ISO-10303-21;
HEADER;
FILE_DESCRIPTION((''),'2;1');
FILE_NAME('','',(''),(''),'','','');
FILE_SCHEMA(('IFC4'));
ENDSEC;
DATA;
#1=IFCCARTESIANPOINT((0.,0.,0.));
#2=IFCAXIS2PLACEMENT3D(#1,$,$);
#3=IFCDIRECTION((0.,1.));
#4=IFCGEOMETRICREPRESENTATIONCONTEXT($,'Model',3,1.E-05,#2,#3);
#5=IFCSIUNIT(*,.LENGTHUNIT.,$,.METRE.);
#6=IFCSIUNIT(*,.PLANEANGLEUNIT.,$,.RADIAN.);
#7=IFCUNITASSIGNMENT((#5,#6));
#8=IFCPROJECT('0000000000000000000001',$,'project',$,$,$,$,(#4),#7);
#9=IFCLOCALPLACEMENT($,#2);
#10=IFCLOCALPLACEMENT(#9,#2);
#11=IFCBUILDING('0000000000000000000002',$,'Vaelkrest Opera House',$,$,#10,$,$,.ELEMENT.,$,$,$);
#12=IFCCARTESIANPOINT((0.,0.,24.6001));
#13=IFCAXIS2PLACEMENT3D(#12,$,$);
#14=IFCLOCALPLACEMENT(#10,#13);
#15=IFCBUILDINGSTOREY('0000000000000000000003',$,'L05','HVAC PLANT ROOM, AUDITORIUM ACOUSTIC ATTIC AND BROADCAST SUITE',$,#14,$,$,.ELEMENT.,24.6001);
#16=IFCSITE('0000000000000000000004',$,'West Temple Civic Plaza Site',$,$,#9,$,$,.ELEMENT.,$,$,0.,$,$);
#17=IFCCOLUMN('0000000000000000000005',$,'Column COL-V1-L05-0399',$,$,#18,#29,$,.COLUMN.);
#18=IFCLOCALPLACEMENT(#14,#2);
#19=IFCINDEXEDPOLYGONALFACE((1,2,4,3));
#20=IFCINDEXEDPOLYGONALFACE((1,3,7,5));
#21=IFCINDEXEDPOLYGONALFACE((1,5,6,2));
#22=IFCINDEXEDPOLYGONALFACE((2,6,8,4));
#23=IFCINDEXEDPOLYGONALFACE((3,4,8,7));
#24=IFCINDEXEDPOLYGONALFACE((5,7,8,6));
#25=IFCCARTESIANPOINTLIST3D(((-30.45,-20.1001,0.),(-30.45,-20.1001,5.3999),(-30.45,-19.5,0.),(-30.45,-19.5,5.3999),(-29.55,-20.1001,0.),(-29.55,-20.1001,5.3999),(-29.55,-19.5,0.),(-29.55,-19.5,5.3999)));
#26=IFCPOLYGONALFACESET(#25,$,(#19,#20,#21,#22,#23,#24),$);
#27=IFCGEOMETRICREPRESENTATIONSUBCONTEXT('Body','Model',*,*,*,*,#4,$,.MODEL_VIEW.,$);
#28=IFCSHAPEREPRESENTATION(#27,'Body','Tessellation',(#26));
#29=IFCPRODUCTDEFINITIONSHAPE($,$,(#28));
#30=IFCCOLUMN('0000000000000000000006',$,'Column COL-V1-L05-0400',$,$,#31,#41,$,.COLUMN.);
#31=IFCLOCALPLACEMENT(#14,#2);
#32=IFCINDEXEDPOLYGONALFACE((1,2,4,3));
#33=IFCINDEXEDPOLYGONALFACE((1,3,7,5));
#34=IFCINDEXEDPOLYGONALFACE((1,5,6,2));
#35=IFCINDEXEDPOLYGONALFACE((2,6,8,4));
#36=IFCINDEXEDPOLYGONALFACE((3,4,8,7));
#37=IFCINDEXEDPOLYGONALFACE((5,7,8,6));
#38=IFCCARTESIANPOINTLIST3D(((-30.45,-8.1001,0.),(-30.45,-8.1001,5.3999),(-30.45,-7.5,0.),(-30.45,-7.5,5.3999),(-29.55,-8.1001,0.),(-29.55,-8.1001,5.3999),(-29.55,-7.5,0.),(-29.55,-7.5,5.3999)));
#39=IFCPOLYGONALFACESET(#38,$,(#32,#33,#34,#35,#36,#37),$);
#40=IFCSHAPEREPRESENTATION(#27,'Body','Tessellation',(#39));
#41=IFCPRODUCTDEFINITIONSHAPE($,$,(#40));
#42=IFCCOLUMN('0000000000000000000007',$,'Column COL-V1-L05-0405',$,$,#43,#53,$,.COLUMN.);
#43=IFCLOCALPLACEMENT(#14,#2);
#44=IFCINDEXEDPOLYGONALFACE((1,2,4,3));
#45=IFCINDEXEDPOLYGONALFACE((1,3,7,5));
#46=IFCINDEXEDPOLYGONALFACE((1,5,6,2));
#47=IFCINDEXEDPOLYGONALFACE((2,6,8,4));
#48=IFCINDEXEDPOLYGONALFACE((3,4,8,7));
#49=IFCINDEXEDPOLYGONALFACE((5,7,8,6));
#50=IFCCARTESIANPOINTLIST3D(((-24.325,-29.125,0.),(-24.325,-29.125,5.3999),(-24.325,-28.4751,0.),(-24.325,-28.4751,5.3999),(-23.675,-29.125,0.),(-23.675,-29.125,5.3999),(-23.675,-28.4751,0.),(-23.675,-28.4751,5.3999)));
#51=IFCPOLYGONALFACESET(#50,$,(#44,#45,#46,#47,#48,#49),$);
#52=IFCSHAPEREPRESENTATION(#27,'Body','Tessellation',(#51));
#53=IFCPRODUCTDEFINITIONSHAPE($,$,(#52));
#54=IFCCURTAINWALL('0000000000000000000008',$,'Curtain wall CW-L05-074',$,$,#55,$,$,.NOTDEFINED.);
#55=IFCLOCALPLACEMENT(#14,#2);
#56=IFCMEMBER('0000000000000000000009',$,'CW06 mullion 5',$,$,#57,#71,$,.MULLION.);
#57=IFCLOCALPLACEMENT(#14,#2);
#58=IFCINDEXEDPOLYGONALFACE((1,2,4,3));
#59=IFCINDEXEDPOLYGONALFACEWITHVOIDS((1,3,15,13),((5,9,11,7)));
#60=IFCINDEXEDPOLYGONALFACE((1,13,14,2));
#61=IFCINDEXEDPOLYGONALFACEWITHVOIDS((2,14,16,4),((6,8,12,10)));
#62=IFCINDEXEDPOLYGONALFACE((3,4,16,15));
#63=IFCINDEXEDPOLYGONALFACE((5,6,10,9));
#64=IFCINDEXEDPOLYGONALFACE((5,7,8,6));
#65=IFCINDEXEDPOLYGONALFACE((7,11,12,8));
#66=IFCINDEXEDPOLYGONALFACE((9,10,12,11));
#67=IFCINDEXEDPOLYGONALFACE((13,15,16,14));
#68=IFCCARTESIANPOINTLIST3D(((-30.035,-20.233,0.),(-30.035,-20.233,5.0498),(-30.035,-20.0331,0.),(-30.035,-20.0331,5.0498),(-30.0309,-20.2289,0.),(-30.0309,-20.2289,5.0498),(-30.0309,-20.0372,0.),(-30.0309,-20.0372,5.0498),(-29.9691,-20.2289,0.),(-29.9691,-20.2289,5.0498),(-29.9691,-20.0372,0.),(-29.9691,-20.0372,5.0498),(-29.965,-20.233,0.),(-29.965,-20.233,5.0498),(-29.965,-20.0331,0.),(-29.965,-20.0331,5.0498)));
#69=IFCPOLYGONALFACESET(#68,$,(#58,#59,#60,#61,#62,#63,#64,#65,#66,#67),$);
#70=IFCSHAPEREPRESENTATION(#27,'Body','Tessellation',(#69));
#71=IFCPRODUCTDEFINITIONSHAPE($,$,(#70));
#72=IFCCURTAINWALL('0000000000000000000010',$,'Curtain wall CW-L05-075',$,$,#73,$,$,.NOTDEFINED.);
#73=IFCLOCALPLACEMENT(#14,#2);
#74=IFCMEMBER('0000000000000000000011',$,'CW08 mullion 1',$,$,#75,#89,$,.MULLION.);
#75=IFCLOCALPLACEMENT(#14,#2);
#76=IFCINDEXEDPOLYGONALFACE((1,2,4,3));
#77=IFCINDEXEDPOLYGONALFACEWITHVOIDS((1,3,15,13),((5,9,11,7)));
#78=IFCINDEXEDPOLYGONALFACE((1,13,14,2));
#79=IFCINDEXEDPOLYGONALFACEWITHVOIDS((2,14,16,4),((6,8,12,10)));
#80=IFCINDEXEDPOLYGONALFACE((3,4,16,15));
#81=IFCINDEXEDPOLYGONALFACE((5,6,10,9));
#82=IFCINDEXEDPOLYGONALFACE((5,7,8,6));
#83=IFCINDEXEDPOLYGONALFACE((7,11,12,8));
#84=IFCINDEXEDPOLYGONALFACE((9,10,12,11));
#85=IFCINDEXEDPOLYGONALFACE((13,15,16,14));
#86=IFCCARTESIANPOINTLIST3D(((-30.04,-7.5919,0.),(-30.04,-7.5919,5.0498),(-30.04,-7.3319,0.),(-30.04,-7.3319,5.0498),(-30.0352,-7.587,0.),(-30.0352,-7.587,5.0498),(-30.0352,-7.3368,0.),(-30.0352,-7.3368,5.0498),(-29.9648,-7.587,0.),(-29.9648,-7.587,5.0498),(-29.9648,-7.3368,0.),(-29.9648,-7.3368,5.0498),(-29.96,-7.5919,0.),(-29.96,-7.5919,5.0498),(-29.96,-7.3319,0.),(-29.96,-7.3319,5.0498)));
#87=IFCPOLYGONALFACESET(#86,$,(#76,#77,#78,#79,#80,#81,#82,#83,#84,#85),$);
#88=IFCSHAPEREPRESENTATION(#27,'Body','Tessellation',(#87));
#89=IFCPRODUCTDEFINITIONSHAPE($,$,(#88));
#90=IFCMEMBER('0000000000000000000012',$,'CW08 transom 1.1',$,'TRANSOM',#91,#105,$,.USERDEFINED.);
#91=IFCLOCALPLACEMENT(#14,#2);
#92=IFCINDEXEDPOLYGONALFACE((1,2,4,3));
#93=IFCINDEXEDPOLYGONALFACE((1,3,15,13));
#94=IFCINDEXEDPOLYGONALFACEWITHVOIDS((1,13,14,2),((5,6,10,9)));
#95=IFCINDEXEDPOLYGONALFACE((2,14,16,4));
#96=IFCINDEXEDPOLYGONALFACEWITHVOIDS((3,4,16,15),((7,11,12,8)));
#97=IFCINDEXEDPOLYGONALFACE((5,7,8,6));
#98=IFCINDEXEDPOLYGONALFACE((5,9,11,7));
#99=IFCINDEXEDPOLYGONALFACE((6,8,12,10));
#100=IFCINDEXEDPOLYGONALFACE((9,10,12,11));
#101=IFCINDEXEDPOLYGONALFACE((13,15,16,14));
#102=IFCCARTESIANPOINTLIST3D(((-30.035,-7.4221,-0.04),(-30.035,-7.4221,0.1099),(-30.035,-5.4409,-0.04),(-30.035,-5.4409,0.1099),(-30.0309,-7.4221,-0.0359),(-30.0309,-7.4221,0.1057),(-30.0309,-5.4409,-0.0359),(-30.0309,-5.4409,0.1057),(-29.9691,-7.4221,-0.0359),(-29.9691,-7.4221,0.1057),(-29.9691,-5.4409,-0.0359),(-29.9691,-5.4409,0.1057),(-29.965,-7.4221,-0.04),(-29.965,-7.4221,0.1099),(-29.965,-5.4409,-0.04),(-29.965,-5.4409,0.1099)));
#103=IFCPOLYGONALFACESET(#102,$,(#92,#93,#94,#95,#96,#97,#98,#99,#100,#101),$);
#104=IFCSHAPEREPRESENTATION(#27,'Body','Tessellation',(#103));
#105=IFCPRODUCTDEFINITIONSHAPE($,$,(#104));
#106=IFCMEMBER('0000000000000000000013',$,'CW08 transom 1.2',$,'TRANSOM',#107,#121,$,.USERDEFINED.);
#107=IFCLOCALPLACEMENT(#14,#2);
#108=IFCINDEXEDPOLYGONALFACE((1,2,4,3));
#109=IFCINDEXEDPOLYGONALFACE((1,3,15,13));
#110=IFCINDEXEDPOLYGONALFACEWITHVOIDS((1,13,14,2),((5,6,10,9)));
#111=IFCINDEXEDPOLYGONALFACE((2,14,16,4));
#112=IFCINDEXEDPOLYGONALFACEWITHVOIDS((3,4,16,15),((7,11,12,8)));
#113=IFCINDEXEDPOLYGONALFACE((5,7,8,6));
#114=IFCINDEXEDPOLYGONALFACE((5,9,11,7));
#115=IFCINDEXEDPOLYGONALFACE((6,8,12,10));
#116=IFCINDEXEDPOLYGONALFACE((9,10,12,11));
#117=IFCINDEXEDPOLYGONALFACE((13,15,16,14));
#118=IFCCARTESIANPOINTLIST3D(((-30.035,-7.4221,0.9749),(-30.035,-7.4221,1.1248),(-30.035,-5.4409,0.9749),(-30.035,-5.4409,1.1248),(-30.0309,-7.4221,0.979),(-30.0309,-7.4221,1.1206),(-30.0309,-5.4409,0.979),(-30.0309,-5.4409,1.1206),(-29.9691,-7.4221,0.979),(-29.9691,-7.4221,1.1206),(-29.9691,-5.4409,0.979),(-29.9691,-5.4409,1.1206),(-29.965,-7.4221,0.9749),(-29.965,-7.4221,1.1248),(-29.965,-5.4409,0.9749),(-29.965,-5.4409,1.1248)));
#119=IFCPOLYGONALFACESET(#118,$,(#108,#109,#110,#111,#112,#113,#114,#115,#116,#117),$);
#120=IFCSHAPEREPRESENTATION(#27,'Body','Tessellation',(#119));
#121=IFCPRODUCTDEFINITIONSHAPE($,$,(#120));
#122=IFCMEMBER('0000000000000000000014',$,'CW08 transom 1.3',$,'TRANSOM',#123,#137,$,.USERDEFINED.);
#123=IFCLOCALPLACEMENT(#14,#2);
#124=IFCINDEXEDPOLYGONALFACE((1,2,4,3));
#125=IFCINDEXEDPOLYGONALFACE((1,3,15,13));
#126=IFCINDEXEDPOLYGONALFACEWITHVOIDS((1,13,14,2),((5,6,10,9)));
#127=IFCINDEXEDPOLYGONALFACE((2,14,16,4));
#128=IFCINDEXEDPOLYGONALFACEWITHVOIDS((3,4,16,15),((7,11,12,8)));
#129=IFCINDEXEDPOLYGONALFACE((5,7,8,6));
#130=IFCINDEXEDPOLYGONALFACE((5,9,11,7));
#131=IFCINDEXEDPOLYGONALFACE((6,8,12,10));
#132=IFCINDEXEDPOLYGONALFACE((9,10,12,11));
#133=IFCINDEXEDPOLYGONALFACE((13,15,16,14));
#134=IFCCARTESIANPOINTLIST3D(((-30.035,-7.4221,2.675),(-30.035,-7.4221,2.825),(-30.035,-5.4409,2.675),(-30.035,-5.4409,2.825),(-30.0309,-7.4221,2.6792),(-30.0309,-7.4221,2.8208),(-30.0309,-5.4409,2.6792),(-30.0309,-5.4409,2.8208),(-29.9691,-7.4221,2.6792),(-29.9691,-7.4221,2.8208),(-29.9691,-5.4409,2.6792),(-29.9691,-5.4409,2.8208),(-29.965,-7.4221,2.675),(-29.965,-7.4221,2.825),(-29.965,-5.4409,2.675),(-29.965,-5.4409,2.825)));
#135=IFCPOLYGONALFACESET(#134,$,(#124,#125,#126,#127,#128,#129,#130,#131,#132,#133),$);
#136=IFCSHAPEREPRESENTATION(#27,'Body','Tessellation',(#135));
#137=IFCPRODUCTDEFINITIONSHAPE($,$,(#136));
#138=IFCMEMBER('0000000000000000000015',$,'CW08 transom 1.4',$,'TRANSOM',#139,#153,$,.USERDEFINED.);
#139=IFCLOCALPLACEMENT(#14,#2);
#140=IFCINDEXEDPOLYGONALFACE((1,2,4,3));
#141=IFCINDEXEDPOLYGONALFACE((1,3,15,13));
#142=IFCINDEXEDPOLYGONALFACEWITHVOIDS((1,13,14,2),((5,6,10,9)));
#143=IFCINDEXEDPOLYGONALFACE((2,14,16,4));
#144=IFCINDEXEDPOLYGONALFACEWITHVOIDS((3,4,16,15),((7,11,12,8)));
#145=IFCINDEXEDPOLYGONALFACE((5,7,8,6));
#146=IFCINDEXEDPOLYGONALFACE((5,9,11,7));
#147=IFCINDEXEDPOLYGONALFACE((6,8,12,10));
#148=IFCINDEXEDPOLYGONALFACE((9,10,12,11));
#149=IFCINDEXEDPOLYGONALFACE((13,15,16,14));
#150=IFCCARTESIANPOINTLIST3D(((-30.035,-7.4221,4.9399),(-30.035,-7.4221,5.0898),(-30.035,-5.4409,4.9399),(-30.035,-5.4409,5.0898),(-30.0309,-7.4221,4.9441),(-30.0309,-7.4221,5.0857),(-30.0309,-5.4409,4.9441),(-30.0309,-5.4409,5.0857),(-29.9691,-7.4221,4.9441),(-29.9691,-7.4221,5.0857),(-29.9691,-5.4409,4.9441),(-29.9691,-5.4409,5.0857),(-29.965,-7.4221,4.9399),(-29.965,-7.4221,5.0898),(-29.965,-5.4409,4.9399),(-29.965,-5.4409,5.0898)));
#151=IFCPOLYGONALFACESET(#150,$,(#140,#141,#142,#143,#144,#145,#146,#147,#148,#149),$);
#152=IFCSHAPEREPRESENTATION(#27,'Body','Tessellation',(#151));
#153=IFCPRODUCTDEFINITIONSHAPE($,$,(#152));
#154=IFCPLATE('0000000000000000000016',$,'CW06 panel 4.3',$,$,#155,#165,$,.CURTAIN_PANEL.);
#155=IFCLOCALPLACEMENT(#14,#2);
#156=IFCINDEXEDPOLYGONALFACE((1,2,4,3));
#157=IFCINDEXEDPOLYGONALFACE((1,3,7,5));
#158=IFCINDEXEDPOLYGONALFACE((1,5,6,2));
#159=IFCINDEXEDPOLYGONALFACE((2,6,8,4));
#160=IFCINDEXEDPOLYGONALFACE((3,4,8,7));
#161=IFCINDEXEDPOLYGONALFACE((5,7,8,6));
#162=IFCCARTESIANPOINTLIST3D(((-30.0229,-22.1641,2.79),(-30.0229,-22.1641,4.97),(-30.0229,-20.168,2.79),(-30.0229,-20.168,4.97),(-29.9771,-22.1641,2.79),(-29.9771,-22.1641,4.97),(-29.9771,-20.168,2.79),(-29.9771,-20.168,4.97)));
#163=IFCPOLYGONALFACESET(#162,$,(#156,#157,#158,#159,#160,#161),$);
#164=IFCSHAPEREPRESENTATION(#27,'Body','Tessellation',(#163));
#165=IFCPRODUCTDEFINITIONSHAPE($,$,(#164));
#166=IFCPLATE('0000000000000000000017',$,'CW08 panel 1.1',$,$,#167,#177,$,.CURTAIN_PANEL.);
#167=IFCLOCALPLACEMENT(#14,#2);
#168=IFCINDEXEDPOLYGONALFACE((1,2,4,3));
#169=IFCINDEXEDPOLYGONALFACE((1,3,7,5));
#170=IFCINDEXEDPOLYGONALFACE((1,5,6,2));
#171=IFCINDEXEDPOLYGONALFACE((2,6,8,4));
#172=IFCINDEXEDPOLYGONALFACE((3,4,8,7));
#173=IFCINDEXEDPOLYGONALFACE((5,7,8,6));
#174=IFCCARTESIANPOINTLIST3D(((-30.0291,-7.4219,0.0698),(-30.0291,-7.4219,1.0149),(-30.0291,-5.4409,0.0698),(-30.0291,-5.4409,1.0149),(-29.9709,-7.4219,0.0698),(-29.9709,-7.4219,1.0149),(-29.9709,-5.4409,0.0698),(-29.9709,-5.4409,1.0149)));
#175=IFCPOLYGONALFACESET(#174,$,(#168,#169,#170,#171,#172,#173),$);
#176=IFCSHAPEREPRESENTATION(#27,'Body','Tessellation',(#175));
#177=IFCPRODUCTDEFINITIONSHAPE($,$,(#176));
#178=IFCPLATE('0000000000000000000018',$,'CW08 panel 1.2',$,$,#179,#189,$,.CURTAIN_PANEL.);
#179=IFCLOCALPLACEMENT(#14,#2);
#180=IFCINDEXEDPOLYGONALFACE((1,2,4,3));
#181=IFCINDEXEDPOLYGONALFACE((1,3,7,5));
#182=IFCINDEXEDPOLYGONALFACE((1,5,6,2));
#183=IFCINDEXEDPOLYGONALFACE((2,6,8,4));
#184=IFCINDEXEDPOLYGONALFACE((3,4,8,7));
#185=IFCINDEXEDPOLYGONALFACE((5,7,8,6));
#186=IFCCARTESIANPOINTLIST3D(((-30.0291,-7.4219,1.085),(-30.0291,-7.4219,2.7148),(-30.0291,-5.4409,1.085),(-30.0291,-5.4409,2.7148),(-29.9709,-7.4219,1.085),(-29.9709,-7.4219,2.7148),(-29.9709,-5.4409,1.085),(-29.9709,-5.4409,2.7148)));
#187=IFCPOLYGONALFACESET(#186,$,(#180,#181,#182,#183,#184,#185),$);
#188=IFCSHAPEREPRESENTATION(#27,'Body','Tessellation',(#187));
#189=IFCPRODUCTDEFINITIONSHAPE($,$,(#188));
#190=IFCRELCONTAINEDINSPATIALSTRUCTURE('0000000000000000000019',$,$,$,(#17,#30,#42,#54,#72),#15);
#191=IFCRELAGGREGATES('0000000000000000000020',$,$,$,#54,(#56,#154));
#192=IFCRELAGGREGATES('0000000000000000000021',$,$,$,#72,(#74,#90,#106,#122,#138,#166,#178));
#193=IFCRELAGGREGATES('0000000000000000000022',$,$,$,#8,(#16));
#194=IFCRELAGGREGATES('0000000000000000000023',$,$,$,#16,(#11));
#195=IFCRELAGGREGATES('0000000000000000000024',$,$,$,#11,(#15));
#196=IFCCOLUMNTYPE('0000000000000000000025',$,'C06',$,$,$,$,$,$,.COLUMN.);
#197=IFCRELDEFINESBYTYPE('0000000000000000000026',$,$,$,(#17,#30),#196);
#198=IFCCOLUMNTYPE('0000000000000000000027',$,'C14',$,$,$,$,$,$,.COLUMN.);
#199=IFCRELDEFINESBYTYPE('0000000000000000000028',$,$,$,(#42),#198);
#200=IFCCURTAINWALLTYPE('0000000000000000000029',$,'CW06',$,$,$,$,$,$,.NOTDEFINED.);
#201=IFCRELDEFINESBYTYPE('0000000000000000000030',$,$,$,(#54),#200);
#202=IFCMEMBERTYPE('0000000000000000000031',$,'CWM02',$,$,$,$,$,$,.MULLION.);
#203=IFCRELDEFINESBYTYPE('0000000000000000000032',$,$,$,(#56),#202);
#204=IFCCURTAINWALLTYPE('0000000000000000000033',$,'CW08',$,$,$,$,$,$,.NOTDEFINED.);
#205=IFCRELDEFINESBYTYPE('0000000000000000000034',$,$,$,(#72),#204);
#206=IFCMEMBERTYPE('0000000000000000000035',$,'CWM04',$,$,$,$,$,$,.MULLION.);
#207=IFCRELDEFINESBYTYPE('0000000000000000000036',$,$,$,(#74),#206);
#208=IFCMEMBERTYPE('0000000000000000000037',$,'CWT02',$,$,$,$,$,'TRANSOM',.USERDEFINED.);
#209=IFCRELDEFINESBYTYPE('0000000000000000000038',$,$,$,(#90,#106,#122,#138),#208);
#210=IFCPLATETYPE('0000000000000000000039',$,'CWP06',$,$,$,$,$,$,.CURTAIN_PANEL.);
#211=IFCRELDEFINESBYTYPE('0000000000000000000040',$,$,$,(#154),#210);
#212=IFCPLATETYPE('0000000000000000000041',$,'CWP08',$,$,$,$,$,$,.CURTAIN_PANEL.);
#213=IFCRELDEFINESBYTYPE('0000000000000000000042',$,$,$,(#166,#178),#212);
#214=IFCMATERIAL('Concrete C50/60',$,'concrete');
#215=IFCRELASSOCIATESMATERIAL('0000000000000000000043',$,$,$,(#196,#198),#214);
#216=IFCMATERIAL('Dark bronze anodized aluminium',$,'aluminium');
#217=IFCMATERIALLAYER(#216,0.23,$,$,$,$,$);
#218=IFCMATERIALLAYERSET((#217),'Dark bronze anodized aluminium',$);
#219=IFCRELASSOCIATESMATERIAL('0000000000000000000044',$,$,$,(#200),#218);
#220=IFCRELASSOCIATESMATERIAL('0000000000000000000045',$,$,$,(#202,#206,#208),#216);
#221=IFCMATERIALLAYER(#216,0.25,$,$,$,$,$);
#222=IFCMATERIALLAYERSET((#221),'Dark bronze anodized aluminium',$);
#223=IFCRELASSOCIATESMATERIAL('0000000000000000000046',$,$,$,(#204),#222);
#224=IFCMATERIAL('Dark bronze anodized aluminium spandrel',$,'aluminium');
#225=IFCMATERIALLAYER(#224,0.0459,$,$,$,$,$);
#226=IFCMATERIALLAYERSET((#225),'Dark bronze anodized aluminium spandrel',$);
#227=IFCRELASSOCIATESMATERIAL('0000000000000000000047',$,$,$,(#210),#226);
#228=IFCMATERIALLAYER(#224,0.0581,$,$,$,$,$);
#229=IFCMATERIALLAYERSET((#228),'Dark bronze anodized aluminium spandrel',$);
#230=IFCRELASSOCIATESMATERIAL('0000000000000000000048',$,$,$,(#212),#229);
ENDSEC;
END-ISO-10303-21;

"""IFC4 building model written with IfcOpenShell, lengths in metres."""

from ifc_helpers import new_model, si_unit, direction, frame, origin, origin_2d, place, context, subcontext, project, spatial, rectangle, hollow_rectangle, extrude, material, layer, layer_set, material_profile, profile_set, type_object, element, aggregate, save


model = new_model("IFC4")

# Units and contexts
model_context = context("Model", 3, precision=1e-05, world=origin(), true_north=direction((0.0, 1.0)))
body_context = subcontext(model_context, "Body", "Model", "MODEL_VIEW")
ifc_project = project(units=[si_unit("LENGTHUNIT", "METRE"), si_unit("PLANEANGLEUNIT", "RADIAN")], contexts=[model_context])

# Site, building, storey
site_placement = place(None, origin())
site = spatial("IfcSite", under=ifc_project, at=site_placement, Name="West Temple Civic Plaza Site", CompositionType="ELEMENT", RefElevation=0.0)
building_placement = place(site_placement, origin())
building = spatial("IfcBuilding", under=site, at=building_placement, Name="Vaelkrest Opera House", CompositionType="ELEMENT")
storey_placement = place(building_placement, frame((0.0, 0.0, 24.6001)))
storey = spatial("IfcBuildingStorey", under=building, at=storey_placement, Name="L05", Description="HVAC PLANT ROOM, AUDITORIUM ACOUSTIC ATTIC AND BROADCAST SUITE", CompositionType="ELEMENT", Elevation=24.6001)

# Columns
ifc_material_1 = material(Name="Concrete C50/60", Category="concrete")
ifc_material_profile_1 = material_profile(ifc_material_1, rectangle(XDim=0.6001, YDim=0.8999, at=origin_2d()), Name="RC600X900")
ifc_profile_set_1 = profile_set([ifc_material_profile_1], Name="Concrete C50/60")
column_type_1 = type_object("IfcColumnType", Name="C06", PredefinedType="COLUMN", material=ifc_profile_set_1)
for number, where, z_axis, x_axis, name in (
    (1, (-30.0, -19.8, 0.0), (0.0, 0.0, 1.0), (0.0, 1.0, 0.0), "Column COL-V1-L05-0399"),
    (2, (-30.0, -7.8, 0.0), (0.0, 0.0, 1.0), (0.0, 1.0, 0.0), "Column COL-V1-L05-0400"),
):
    element("IfcColumn", number, at=place(storey_placement, frame(where, z_axis=z_axis, x_axis=x_axis)), inside=storey, type_object=column_type_1, Name=name, PredefinedType="COLUMN", context=body_context, shape_type="SweptSolid", body=[
        extrude(rectangle(XDim=0.6001, YDim=0.8999, at=origin_2d()), origin(), (0.0, 0.0, 1.0), 5.3999),
    ])
ifc_material_profile_2 = material_profile(ifc_material_1, rectangle(XDim=0.6499, YDim=0.6499, at=origin_2d()), Name="RC650X650")
ifc_profile_set_2 = profile_set([ifc_material_profile_2], Name="Concrete C50/60")
column_type_2 = type_object("IfcColumnType", Name="C14", PredefinedType="COLUMN", material=ifc_profile_set_2)
column_placement = place(storey_placement, frame((-24.0, -28.8, 0.0), z_axis=(0.0, 0.0, 1.0), x_axis=(1.0, 0.0, 0.0)))
element("IfcColumn", 3, at=column_placement, inside=storey, type_object=column_type_2, Name="Column COL-V1-L05-0405", PredefinedType="COLUMN", context=body_context, shape_type="SweptSolid", body=[
    extrude(rectangle(XDim=0.6499, YDim=0.6499, at=origin_2d()), origin(), (0.0, 0.0, 1.0), 5.3999),
])

# Curtain wall, member
ifc_material_2 = material(Name="Dark bronze anodized aluminium", Category="aluminium")
ifc_layer_1 = layer(ifc_material_2, 0.23)
ifc_layer_set_1 = layer_set([ifc_layer_1], Name="Dark bronze anodized aluminium")
curtain_wall_type_1 = type_object("IfcCurtainWallType", Name="CW06", PredefinedType="NOTDEFINED", material=ifc_layer_set_1)
curtain_wall_1_placement = place(storey_placement, origin())
curtain_wall_1 = element("IfcCurtainWall", 4, at=curtain_wall_1_placement, inside=storey, type_object=curtain_wall_type_1, Name="Curtain wall CW-L05-074", PredefinedType="NOTDEFINED")
ifc_material_profile_3 = material_profile(ifc_material_2, hollow_rectangle(XDim=0.0701, YDim=0.2, WallThickness=0.0042, at=origin_2d()), Name="CWM70X200")
ifc_profile_set_3 = profile_set([ifc_material_profile_3], Name="Dark bronze anodized aluminium")
member_type_1 = type_object("IfcMemberType", Name="CWM02", PredefinedType="MULLION", material=ifc_profile_set_3)
member_1_placement = place(storey_placement, frame((-30.0, -20.1331, 0.0), z_axis=(0.0, 0.0, 1.0), x_axis=(-1.0, 0.0, 0.0)))
member_1 = element("IfcMember", 5, at=member_1_placement, type_object=member_type_1, Name="CW06 mullion 5", PredefinedType="MULLION", context=body_context, shape_type="SweptSolid", body=[
    extrude(hollow_rectangle(XDim=0.0701, YDim=0.2, WallThickness=0.0042, at=origin_2d()), origin(), (0.0, 0.0, 1.0), 5.0498),
])

# Curtain wall, members
ifc_layer_2 = layer(ifc_material_2, 0.25)
ifc_layer_set_2 = layer_set([ifc_layer_2], Name="Dark bronze anodized aluminium")
curtain_wall_type_2 = type_object("IfcCurtainWallType", Name="CW08", PredefinedType="NOTDEFINED", material=ifc_layer_set_2)
curtain_wall_2_placement = place(storey_placement, origin())
curtain_wall_2 = element("IfcCurtainWall", 6, at=curtain_wall_2_placement, inside=storey, type_object=curtain_wall_type_2, Name="Curtain wall CW-L05-075", PredefinedType="NOTDEFINED")
ifc_material_profile_4 = material_profile(ifc_material_2, hollow_rectangle(XDim=0.0801, YDim=0.26, WallThickness=0.0049, at=origin_2d()), Name="CWM80X260")
ifc_profile_set_4 = profile_set([ifc_material_profile_4], Name="Dark bronze anodized aluminium")
member_type_2 = type_object("IfcMemberType", Name="CWM04", PredefinedType="MULLION", material=ifc_profile_set_4)
member_2_placement = place(storey_placement, frame((-30.0, -7.4619, 0.0), z_axis=(0.0, 0.0, 1.0), x_axis=(-1.0, 0.0, 0.0)))
member_2 = element("IfcMember", 7, at=member_2_placement, type_object=member_type_2, Name="CW08 mullion 1", PredefinedType="MULLION", context=body_context, shape_type="SweptSolid", body=[
    extrude(hollow_rectangle(XDim=0.0801, YDim=0.26, WallThickness=0.0049, at=origin_2d()), origin(), (0.0, 0.0, 1.0), 5.0498),
])
ifc_material_profile_5 = material_profile(ifc_material_2, hollow_rectangle(XDim=0.0701, YDim=0.1499, WallThickness=0.0042, at=origin_2d()), Name="CWT70X150")
ifc_profile_set_5 = profile_set([ifc_material_profile_5], Name="Dark bronze anodized aluminium")
member_type_3 = type_object("IfcMemberType", Name="CWT02", ElementType="TRANSOM", PredefinedType="USERDEFINED", material=ifc_profile_set_5)
member_3_placement = place(storey_placement, frame((-30.0, -7.4221, 0.0349), z_axis=(0.0, 1.0, 0.0), x_axis=(-1.0, 0.0, 0.0)))
member_3 = element("IfcMember", 8, at=member_3_placement, type_object=member_type_3, Name="CW08 transom 1.1", ObjectType="TRANSOM", PredefinedType="USERDEFINED", context=body_context, shape_type="SweptSolid", body=[
    extrude(hollow_rectangle(XDim=0.0701, YDim=0.1499, WallThickness=0.0042, at=origin_2d()), origin(), (0.0, 0.0, 1.0), 1.9812),
])
member_4_placement = place(storey_placement, frame((-30.0, -7.4221, 1.0498), z_axis=(0.0, 1.0, 0.0), x_axis=(-1.0, 0.0, 0.0)))
member_4 = element("IfcMember", 9, at=member_4_placement, type_object=member_type_3, Name="CW08 transom 1.2", ObjectType="TRANSOM", PredefinedType="USERDEFINED", context=body_context, shape_type="SweptSolid", body=[
    extrude(hollow_rectangle(XDim=0.0701, YDim=0.1499, WallThickness=0.0042, at=origin_2d()), origin(), (0.0, 0.0, 1.0), 1.9812),
])
member_5_placement = place(storey_placement, frame((-30.0, -7.4221, 2.75), z_axis=(0.0, 1.0, 0.0), x_axis=(-1.0, 0.0, 0.0)))
member_5 = element("IfcMember", 10, at=member_5_placement, type_object=member_type_3, Name="CW08 transom 1.3", ObjectType="TRANSOM", PredefinedType="USERDEFINED", context=body_context, shape_type="SweptSolid", body=[
    extrude(hollow_rectangle(XDim=0.0701, YDim=0.1499, WallThickness=0.0042, at=origin_2d()), origin(), (0.0, 0.0, 1.0), 1.9812),
])
member_6_placement = place(storey_placement, frame((-30.0, -7.4221, 5.0149), z_axis=(0.0, 1.0, 0.0), x_axis=(-1.0, 0.0, 0.0)))
member_6 = element("IfcMember", 11, at=member_6_placement, type_object=member_type_3, Name="CW08 transom 1.4", ObjectType="TRANSOM", PredefinedType="USERDEFINED", context=body_context, shape_type="SweptSolid", body=[
    extrude(hollow_rectangle(XDim=0.0701, YDim=0.1499, WallThickness=0.0042, at=origin_2d()), origin(), (0.0, 0.0, 1.0), 1.9812),
])

# Plates
ifc_material_3 = material(Name="Dark bronze anodized aluminium spandrel", Category="aluminium")
ifc_layer_3 = layer(ifc_material_3, 0.0459)
ifc_layer_set_3 = layer_set([ifc_layer_3], Name="Dark bronze anodized aluminium spandrel")
plate_type_1 = type_object("IfcPlateType", Name="CWP06", PredefinedType="CURTAIN_PANEL", material=ifc_layer_set_3)
plate_1_placement = place(storey_placement, frame((-30.0, -21.166, 2.79), z_axis=(0.0, 0.0, 1.0), x_axis=(0.0, 1.0, 0.0)))
plate_1 = element("IfcPlate", 12, at=plate_1_placement, type_object=plate_type_1, Name="CW06 panel 4.3", PredefinedType="CURTAIN_PANEL", context=body_context, shape_type="SweptSolid", body=[
    extrude(rectangle(XDim=1.9961, YDim=0.0459, at=origin_2d()), origin(), (0.0, 0.0, 1.0), 2.1799),
])
aggregate(curtain_wall_1, [member_1, plate_1])
ifc_layer_4 = layer(ifc_material_3, 0.0581)
ifc_layer_set_4 = layer_set([ifc_layer_4], Name="Dark bronze anodized aluminium spandrel")
plate_type_2 = type_object("IfcPlateType", Name="CWP08", PredefinedType="CURTAIN_PANEL", material=ifc_layer_set_4)
plate_2_placement = place(storey_placement, frame((-30.0, -6.4314, 0.0698), z_axis=(0.0, 0.0, 1.0), x_axis=(0.0, 1.0, 0.0)))
plate_2 = element("IfcPlate", 13, at=plate_2_placement, type_object=plate_type_2, Name="CW08 panel 1.1", PredefinedType="CURTAIN_PANEL", context=body_context, shape_type="SweptSolid", body=[
    extrude(rectangle(XDim=1.981, YDim=0.0581, at=origin_2d()), origin(), (0.0, 0.0, 1.0), 0.9451),
])
plate_3_placement = place(storey_placement, frame((-30.0, -6.4314, 1.085), z_axis=(0.0, 0.0, 1.0), x_axis=(0.0, 1.0, 0.0)))
plate_3 = element("IfcPlate", 14, at=plate_3_placement, type_object=plate_type_2, Name="CW08 panel 1.2", PredefinedType="CURTAIN_PANEL", context=body_context, shape_type="SweptSolid", body=[
    extrude(rectangle(XDim=1.981, YDim=0.0581, at=origin_2d()), origin(), (0.0, 0.0, 1.0), 1.6299),
])
aggregate(curtain_wall_2, [member_2, member_3, member_4, member_5, member_6, plate_2, plate_3])

save(model, "model.ifc")
